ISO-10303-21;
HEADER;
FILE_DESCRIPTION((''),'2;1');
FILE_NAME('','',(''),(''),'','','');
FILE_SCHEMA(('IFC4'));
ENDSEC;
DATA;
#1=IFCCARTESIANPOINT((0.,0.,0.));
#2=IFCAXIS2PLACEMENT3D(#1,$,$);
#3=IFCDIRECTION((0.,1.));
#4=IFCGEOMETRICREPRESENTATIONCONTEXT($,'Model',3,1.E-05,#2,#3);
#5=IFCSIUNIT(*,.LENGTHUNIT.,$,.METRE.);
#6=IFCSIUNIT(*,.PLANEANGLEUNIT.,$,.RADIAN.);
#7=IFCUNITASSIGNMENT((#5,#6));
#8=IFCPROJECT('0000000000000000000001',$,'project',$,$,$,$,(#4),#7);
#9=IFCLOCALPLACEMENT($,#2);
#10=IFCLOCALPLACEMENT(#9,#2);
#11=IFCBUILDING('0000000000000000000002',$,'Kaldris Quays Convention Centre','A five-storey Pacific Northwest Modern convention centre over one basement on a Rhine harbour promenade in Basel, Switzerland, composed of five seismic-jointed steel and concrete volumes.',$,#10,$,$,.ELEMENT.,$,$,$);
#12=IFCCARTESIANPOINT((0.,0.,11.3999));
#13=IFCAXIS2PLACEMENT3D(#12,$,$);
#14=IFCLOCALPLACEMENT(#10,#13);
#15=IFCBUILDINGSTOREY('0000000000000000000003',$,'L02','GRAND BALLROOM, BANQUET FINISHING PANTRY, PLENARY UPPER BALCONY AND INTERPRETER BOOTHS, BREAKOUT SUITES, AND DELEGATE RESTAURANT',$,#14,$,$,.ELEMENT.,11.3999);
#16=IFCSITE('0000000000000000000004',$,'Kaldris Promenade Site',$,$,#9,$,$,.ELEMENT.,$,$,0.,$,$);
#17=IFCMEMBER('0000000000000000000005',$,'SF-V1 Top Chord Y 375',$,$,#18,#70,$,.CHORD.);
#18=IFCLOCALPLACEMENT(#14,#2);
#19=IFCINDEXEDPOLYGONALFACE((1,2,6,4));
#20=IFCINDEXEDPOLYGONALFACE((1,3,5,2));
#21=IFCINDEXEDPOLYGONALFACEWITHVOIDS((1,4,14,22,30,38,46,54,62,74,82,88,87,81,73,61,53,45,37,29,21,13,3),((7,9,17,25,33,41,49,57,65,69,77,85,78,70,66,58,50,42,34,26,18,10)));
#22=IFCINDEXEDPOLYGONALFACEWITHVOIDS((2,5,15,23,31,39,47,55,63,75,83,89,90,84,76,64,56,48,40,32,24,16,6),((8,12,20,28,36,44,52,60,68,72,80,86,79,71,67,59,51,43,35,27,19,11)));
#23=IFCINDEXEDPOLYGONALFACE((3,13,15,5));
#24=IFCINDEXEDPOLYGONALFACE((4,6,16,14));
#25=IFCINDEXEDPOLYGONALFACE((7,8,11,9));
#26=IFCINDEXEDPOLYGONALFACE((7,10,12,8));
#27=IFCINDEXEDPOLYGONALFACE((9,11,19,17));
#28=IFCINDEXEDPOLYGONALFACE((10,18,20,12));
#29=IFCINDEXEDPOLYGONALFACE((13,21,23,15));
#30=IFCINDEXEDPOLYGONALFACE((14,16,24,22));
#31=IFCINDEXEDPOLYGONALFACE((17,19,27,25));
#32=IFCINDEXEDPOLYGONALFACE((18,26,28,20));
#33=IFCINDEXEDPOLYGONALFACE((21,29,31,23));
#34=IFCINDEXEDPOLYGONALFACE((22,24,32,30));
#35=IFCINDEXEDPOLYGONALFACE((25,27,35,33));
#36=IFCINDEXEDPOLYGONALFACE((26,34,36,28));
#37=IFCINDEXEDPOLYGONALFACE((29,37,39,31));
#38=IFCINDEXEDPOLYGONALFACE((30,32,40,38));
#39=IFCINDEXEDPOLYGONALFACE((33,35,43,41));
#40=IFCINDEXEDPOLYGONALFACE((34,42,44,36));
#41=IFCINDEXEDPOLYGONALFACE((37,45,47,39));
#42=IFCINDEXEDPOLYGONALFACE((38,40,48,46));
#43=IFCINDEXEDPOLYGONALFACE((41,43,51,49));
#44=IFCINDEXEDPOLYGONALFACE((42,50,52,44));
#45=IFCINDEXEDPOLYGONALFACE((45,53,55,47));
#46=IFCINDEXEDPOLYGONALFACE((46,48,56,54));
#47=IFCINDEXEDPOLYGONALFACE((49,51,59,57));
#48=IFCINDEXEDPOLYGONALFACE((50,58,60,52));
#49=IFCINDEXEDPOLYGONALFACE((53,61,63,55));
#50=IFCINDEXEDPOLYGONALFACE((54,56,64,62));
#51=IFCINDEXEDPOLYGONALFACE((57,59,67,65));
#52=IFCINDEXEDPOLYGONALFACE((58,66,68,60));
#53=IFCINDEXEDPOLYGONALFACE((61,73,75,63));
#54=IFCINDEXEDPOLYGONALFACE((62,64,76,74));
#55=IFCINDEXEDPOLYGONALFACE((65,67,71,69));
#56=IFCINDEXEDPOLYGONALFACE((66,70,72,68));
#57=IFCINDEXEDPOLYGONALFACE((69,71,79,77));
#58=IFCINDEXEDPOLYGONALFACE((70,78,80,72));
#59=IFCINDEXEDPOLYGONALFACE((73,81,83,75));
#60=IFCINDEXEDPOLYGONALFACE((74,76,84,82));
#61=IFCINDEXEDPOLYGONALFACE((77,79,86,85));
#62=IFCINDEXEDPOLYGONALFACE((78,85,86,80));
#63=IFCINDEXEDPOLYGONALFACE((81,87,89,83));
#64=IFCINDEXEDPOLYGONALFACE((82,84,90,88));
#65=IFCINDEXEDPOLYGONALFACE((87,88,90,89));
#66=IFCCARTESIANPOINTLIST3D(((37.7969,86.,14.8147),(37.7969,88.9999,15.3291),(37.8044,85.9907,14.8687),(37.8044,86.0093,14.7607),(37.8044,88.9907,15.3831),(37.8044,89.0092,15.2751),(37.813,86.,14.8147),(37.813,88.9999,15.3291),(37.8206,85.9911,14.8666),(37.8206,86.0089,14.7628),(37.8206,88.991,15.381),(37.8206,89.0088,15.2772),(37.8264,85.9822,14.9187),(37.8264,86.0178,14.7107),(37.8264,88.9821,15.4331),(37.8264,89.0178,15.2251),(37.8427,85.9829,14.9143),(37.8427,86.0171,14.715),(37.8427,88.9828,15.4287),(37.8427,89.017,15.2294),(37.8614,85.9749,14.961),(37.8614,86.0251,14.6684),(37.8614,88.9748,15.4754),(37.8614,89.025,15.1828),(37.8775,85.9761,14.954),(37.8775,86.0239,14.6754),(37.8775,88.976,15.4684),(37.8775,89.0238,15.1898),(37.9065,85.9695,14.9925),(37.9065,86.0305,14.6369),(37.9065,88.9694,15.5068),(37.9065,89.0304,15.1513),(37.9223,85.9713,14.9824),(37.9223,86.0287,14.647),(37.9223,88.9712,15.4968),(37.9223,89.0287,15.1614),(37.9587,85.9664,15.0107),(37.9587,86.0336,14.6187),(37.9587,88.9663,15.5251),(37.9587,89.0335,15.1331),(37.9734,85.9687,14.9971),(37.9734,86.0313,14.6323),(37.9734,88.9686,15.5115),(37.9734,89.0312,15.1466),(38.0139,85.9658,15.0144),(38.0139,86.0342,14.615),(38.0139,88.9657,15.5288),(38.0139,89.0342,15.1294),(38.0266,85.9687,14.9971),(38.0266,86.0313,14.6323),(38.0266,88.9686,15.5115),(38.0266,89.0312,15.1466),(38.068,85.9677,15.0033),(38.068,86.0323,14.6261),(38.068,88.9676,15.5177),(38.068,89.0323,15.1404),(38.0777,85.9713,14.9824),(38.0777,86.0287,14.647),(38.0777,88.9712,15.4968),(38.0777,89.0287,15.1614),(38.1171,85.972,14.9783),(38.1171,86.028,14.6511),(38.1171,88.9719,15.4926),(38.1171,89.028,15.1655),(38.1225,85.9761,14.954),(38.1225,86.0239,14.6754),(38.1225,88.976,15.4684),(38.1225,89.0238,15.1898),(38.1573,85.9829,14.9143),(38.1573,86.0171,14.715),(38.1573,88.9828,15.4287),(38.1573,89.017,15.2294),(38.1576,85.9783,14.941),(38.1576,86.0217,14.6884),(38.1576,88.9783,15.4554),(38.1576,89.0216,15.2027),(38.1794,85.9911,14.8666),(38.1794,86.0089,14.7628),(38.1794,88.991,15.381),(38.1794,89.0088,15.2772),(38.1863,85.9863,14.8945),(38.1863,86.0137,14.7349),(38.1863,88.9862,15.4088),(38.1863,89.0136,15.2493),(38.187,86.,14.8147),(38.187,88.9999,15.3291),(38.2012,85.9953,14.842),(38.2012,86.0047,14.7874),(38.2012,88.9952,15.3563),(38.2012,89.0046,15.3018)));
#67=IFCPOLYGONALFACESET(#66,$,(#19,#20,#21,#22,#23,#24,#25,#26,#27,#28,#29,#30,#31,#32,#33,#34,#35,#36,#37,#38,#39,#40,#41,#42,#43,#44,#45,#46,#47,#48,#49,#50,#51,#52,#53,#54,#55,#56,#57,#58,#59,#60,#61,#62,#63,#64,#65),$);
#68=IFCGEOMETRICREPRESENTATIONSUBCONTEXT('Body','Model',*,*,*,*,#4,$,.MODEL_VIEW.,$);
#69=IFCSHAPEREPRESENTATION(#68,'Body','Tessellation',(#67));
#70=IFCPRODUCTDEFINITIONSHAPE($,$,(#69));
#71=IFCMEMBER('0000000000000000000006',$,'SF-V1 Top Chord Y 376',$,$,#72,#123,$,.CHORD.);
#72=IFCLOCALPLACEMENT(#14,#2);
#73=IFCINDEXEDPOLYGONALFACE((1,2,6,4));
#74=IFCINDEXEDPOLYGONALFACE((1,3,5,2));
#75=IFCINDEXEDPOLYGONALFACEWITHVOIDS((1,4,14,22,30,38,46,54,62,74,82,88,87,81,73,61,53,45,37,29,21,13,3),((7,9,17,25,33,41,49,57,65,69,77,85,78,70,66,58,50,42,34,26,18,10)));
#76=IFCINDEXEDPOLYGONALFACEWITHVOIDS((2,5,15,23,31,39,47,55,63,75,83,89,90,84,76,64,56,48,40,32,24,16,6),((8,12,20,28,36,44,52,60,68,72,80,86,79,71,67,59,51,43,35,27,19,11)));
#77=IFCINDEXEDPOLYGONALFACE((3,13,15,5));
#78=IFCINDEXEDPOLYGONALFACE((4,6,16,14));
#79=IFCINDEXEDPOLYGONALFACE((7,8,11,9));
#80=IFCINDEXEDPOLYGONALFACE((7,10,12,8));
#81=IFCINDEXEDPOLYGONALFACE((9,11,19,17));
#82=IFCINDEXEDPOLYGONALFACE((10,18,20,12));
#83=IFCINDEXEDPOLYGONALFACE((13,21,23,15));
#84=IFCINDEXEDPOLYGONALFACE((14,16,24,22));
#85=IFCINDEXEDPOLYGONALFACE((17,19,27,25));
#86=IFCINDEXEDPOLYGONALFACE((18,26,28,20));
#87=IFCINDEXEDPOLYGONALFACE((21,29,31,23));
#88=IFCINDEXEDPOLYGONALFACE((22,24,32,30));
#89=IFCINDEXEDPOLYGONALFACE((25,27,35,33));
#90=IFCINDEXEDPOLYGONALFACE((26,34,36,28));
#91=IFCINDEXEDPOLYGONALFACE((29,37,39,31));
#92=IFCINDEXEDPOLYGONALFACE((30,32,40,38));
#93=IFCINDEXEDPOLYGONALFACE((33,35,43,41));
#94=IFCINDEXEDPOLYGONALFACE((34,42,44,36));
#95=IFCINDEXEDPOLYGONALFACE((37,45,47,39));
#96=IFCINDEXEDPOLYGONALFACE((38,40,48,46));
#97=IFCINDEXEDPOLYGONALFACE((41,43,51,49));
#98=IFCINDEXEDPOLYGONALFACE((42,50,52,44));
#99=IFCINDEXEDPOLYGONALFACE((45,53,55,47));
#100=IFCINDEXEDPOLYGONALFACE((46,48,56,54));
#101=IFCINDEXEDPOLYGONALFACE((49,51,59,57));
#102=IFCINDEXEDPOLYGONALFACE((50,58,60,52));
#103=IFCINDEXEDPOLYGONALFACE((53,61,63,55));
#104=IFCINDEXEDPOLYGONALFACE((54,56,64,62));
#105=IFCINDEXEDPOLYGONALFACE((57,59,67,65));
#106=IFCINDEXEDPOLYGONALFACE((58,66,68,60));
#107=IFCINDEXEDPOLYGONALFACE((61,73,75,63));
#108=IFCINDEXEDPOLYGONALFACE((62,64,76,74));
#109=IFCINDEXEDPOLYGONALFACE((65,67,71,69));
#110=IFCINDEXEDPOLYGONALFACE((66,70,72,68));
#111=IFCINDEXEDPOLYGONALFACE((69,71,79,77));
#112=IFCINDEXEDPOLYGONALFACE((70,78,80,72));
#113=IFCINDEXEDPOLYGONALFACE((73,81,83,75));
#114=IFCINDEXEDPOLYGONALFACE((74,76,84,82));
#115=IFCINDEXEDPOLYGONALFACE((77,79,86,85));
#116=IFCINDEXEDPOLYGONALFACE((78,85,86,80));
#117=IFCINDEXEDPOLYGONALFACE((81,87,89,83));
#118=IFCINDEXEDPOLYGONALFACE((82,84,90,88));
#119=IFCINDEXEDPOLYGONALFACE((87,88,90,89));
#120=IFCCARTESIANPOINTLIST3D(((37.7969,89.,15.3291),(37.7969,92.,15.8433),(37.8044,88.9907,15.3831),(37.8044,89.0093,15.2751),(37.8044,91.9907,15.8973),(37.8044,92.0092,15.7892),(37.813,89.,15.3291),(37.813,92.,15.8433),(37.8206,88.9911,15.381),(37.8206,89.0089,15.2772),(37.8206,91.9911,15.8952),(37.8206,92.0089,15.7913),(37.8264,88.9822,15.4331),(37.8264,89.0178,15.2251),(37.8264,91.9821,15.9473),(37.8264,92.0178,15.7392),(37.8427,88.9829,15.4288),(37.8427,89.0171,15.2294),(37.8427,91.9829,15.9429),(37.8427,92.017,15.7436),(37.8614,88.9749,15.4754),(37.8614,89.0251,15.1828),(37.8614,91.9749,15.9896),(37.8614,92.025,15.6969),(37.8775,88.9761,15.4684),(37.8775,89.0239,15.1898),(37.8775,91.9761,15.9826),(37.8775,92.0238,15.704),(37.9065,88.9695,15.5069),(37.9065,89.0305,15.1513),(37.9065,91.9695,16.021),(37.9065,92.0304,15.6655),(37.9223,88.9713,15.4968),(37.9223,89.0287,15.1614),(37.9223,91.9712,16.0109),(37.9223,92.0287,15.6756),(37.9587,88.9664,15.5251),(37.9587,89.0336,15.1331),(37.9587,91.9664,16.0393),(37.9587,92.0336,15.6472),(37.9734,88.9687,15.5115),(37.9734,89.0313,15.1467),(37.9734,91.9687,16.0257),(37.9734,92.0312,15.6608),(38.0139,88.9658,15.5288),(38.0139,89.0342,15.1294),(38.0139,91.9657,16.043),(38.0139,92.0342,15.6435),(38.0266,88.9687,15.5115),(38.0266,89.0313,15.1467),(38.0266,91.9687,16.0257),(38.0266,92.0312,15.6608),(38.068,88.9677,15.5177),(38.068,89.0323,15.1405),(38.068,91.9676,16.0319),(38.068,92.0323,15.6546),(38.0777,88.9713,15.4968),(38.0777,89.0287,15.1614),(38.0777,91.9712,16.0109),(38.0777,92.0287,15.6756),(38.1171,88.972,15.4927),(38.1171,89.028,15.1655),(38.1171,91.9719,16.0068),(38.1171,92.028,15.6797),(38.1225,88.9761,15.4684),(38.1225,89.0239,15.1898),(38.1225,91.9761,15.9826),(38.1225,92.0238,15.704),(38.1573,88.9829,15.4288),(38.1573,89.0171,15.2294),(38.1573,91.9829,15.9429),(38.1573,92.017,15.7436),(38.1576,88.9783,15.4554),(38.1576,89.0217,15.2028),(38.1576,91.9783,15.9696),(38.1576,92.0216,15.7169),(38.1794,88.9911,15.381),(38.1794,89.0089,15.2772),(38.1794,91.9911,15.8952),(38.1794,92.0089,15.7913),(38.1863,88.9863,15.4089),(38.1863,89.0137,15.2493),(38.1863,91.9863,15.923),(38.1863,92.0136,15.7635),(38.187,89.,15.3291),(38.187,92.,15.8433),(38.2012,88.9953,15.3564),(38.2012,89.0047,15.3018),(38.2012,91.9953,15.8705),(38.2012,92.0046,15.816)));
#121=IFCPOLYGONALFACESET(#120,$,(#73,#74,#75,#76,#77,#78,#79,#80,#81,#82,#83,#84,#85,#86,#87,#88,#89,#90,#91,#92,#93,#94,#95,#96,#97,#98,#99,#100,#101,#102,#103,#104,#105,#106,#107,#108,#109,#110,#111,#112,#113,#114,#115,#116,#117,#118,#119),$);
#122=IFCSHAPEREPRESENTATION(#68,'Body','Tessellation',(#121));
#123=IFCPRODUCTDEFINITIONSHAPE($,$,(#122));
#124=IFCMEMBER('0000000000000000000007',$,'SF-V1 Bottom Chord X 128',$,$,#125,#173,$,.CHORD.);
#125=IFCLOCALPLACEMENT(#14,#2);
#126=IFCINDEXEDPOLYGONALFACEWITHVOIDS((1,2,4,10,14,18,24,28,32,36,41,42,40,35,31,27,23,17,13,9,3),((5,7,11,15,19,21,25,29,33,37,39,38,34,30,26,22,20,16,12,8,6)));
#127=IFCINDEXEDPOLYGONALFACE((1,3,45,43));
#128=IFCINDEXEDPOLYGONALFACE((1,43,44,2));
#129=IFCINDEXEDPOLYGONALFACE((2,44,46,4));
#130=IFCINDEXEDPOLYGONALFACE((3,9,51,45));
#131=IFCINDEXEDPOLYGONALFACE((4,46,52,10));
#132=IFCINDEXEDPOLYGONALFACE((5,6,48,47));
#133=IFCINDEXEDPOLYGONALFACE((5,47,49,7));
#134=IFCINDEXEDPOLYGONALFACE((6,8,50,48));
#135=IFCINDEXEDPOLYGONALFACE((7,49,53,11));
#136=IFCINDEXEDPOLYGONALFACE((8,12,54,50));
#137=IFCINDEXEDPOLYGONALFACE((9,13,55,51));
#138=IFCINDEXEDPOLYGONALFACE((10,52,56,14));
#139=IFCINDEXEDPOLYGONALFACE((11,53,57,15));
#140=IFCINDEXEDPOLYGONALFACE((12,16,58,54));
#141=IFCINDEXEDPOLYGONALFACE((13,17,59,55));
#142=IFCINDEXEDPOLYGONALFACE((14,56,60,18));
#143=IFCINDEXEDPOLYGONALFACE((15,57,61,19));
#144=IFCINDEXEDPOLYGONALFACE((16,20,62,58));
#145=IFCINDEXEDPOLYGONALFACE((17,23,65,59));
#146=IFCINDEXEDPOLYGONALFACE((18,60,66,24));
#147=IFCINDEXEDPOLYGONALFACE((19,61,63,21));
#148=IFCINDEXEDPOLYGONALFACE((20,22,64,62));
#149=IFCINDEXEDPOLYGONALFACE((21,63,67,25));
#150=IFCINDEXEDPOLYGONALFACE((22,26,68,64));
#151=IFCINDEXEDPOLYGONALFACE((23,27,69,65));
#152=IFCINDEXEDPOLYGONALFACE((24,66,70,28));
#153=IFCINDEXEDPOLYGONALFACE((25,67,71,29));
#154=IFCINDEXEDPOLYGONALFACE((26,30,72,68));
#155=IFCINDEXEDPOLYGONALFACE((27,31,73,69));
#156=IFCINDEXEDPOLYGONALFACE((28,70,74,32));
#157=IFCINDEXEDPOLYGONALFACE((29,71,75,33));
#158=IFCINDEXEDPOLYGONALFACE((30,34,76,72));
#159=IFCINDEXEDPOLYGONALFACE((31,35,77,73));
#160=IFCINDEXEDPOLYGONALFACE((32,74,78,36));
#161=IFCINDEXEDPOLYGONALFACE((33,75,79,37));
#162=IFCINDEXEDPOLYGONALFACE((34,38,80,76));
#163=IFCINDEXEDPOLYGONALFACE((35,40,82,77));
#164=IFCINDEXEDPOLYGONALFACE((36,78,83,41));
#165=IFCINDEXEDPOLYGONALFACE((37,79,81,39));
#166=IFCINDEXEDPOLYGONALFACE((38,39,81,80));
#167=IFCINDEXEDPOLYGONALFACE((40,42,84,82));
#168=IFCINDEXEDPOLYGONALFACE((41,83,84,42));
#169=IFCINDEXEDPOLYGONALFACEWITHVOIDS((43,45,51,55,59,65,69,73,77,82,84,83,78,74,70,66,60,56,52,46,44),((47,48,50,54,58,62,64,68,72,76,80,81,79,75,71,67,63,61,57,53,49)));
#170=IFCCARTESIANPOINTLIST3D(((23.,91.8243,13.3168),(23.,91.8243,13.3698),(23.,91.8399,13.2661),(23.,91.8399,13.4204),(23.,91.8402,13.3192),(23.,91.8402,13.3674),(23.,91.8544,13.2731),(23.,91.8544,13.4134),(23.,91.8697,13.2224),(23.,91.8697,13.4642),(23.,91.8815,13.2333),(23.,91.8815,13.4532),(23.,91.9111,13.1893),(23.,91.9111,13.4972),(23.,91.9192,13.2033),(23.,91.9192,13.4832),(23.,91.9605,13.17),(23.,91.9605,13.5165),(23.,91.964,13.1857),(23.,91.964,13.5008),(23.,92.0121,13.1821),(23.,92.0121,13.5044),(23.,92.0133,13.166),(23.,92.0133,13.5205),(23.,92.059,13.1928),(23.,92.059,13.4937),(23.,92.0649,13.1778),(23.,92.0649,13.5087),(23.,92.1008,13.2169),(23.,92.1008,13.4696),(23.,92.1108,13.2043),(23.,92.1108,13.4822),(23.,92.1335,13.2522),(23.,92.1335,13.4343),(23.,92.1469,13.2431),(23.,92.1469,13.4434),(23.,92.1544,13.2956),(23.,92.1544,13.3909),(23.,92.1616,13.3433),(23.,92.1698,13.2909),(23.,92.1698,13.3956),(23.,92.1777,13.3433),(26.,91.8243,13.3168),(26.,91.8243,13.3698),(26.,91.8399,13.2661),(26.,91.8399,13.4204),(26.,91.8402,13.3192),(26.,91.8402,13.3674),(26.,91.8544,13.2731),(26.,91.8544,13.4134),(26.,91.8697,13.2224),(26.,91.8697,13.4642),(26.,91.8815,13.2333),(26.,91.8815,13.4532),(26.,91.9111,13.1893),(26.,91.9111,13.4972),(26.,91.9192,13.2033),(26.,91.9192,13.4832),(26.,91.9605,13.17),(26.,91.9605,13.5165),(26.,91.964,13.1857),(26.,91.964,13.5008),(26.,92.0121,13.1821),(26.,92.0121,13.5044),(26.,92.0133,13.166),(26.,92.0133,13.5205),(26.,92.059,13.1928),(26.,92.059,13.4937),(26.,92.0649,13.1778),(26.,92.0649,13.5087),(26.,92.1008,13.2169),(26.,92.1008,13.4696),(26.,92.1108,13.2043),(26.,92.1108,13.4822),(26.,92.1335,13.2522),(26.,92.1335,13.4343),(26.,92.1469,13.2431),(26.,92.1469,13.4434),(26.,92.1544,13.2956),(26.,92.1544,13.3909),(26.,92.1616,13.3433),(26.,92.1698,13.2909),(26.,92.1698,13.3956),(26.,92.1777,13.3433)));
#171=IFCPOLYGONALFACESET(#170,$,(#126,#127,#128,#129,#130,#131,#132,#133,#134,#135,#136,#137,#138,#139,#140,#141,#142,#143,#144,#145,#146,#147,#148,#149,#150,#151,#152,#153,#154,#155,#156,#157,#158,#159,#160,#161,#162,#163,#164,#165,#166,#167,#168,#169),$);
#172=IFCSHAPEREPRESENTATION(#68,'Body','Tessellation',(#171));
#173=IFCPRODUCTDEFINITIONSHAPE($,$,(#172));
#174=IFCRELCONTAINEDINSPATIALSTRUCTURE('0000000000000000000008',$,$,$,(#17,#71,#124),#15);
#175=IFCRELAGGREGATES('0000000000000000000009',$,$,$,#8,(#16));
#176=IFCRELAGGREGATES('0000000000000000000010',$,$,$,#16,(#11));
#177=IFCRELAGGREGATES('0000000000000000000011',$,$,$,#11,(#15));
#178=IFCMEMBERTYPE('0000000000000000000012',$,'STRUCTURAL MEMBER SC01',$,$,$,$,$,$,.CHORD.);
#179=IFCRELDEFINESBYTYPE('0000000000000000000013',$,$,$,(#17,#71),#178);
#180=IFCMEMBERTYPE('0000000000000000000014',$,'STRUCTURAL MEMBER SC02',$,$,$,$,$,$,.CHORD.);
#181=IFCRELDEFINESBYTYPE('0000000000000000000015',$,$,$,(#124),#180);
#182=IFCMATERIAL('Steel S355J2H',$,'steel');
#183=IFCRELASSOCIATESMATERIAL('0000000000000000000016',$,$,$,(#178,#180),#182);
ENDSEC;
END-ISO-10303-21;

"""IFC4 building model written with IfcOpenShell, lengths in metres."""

from ifc_helpers import new_model, si_unit, direction, frame, origin, origin_2d, place, context, subcontext, project, spatial, hollow_circle, extrude, material, material_profile, profile_set, type_object, element, save


model = new_model("IFC4")

# Units and contexts
model_context = context("Model", 3, precision=1e-05, world=origin(), true_north=direction((0.0, 1.0)))
body_context = subcontext(model_context, "Body", "Model", "MODEL_VIEW")
ifc_project = project(units=[si_unit("LENGTHUNIT", "METRE"), si_unit("PLANEANGLEUNIT", "RADIAN")], contexts=[model_context])

# Site, building, storey
site_placement = place(None, origin())
site = spatial("IfcSite", under=ifc_project, at=site_placement, Name="Kaldris Promenade Site", CompositionType="ELEMENT", RefElevation=0.0)
building_placement = place(site_placement, origin())
building = spatial("IfcBuilding", under=site, at=building_placement, Name="Kaldris Quays Convention Centre", Description="A five-storey Pacific Northwest Modern convention centre over one basement on a Rhine harbour promenade in Basel, Switzerland, composed of five seismic-jointed steel and concrete volumes.", CompositionType="ELEMENT")
storey_placement = place(building_placement, frame((0.0, 0.0, 11.3999)))
storey = spatial("IfcBuildingStorey", under=building, at=storey_placement, Name="L02", Description="GRAND BALLROOM, BANQUET FINISHING PANTRY, PLENARY UPPER BALCONY AND INTERPRETER BOOTHS, BREAKOUT SUITES, AND DELEGATE RESTAURANT", CompositionType="ELEMENT", Elevation=11.3999)

# Members
ifc_material_1 = material(Name="Steel S355J2H", Category="steel")
ifc_material_profile_1 = material_profile(ifc_material_1, hollow_circle(Radius=0.2031, WallThickness=0.0161, at=origin_2d()), Name="CHS 406.4x16")
ifc_profile_set_1 = profile_set([ifc_material_profile_1], Name="Steel S355J2H")
member_type_1 = type_object("IfcMemberType", Name="STRUCTURAL MEMBER SC01", PredefinedType="CHORD", material=ifc_profile_set_1)
for number, where, z_axis, x_axis, name in (
    (1, (38.0, 86.0, 14.8147), (0.0, 0.985616, 0.169002), (-1.0, 0.0, 0.0), "SF-V1 Top Chord Y 375"),
    (2, (38.0, 89.0, 15.3291), (0.0, 0.985629, 0.168924), (-1.0, 0.0, 0.0), "SF-V1 Top Chord Y 376"),
):
    element("IfcMember", number, at=place(storey_placement, frame(where, z_axis=z_axis, x_axis=x_axis)), inside=storey, type_object=member_type_1, Name=name, PredefinedType="CHORD", context=body_context, shape_type="SweptSolid", body=[
        extrude(hollow_circle(Radius=0.2031, WallThickness=0.0161, at=origin_2d()), origin(), (0.0, 0.0, 1.0), 3.0437),
    ])
ifc_material_profile_2 = material_profile(ifc_material_1, hollow_circle(Radius=0.1777, WallThickness=0.0161, at=origin_2d()), Name="CHS 355.6x16")
ifc_profile_set_2 = profile_set([ifc_material_profile_2], Name="Steel S355J2H")
member_type_2 = type_object("IfcMemberType", Name="STRUCTURAL MEMBER SC02", PredefinedType="CHORD", material=ifc_profile_set_2)
for number, where, z_axis, x_axis, name in (
    (3, (23.0, 92.0, 13.3433), (1.0, 0.0, 0.0), (0.0, 1.0, 0.0), "SF-V1 Bottom Chord X 128"),
):
    element("IfcMember", number, at=place(storey_placement, frame(where, z_axis=z_axis, x_axis=x_axis)), inside=storey, type_object=member_type_2, Name=name, PredefinedType="CHORD", context=body_context, shape_type="SweptSolid", body=[
        extrude(hollow_circle(Radius=0.1777, WallThickness=0.0161, at=origin_2d()), origin(), (0.0, 0.0, 1.0), 3.0),
    ])

save(model, "model.ifc")
